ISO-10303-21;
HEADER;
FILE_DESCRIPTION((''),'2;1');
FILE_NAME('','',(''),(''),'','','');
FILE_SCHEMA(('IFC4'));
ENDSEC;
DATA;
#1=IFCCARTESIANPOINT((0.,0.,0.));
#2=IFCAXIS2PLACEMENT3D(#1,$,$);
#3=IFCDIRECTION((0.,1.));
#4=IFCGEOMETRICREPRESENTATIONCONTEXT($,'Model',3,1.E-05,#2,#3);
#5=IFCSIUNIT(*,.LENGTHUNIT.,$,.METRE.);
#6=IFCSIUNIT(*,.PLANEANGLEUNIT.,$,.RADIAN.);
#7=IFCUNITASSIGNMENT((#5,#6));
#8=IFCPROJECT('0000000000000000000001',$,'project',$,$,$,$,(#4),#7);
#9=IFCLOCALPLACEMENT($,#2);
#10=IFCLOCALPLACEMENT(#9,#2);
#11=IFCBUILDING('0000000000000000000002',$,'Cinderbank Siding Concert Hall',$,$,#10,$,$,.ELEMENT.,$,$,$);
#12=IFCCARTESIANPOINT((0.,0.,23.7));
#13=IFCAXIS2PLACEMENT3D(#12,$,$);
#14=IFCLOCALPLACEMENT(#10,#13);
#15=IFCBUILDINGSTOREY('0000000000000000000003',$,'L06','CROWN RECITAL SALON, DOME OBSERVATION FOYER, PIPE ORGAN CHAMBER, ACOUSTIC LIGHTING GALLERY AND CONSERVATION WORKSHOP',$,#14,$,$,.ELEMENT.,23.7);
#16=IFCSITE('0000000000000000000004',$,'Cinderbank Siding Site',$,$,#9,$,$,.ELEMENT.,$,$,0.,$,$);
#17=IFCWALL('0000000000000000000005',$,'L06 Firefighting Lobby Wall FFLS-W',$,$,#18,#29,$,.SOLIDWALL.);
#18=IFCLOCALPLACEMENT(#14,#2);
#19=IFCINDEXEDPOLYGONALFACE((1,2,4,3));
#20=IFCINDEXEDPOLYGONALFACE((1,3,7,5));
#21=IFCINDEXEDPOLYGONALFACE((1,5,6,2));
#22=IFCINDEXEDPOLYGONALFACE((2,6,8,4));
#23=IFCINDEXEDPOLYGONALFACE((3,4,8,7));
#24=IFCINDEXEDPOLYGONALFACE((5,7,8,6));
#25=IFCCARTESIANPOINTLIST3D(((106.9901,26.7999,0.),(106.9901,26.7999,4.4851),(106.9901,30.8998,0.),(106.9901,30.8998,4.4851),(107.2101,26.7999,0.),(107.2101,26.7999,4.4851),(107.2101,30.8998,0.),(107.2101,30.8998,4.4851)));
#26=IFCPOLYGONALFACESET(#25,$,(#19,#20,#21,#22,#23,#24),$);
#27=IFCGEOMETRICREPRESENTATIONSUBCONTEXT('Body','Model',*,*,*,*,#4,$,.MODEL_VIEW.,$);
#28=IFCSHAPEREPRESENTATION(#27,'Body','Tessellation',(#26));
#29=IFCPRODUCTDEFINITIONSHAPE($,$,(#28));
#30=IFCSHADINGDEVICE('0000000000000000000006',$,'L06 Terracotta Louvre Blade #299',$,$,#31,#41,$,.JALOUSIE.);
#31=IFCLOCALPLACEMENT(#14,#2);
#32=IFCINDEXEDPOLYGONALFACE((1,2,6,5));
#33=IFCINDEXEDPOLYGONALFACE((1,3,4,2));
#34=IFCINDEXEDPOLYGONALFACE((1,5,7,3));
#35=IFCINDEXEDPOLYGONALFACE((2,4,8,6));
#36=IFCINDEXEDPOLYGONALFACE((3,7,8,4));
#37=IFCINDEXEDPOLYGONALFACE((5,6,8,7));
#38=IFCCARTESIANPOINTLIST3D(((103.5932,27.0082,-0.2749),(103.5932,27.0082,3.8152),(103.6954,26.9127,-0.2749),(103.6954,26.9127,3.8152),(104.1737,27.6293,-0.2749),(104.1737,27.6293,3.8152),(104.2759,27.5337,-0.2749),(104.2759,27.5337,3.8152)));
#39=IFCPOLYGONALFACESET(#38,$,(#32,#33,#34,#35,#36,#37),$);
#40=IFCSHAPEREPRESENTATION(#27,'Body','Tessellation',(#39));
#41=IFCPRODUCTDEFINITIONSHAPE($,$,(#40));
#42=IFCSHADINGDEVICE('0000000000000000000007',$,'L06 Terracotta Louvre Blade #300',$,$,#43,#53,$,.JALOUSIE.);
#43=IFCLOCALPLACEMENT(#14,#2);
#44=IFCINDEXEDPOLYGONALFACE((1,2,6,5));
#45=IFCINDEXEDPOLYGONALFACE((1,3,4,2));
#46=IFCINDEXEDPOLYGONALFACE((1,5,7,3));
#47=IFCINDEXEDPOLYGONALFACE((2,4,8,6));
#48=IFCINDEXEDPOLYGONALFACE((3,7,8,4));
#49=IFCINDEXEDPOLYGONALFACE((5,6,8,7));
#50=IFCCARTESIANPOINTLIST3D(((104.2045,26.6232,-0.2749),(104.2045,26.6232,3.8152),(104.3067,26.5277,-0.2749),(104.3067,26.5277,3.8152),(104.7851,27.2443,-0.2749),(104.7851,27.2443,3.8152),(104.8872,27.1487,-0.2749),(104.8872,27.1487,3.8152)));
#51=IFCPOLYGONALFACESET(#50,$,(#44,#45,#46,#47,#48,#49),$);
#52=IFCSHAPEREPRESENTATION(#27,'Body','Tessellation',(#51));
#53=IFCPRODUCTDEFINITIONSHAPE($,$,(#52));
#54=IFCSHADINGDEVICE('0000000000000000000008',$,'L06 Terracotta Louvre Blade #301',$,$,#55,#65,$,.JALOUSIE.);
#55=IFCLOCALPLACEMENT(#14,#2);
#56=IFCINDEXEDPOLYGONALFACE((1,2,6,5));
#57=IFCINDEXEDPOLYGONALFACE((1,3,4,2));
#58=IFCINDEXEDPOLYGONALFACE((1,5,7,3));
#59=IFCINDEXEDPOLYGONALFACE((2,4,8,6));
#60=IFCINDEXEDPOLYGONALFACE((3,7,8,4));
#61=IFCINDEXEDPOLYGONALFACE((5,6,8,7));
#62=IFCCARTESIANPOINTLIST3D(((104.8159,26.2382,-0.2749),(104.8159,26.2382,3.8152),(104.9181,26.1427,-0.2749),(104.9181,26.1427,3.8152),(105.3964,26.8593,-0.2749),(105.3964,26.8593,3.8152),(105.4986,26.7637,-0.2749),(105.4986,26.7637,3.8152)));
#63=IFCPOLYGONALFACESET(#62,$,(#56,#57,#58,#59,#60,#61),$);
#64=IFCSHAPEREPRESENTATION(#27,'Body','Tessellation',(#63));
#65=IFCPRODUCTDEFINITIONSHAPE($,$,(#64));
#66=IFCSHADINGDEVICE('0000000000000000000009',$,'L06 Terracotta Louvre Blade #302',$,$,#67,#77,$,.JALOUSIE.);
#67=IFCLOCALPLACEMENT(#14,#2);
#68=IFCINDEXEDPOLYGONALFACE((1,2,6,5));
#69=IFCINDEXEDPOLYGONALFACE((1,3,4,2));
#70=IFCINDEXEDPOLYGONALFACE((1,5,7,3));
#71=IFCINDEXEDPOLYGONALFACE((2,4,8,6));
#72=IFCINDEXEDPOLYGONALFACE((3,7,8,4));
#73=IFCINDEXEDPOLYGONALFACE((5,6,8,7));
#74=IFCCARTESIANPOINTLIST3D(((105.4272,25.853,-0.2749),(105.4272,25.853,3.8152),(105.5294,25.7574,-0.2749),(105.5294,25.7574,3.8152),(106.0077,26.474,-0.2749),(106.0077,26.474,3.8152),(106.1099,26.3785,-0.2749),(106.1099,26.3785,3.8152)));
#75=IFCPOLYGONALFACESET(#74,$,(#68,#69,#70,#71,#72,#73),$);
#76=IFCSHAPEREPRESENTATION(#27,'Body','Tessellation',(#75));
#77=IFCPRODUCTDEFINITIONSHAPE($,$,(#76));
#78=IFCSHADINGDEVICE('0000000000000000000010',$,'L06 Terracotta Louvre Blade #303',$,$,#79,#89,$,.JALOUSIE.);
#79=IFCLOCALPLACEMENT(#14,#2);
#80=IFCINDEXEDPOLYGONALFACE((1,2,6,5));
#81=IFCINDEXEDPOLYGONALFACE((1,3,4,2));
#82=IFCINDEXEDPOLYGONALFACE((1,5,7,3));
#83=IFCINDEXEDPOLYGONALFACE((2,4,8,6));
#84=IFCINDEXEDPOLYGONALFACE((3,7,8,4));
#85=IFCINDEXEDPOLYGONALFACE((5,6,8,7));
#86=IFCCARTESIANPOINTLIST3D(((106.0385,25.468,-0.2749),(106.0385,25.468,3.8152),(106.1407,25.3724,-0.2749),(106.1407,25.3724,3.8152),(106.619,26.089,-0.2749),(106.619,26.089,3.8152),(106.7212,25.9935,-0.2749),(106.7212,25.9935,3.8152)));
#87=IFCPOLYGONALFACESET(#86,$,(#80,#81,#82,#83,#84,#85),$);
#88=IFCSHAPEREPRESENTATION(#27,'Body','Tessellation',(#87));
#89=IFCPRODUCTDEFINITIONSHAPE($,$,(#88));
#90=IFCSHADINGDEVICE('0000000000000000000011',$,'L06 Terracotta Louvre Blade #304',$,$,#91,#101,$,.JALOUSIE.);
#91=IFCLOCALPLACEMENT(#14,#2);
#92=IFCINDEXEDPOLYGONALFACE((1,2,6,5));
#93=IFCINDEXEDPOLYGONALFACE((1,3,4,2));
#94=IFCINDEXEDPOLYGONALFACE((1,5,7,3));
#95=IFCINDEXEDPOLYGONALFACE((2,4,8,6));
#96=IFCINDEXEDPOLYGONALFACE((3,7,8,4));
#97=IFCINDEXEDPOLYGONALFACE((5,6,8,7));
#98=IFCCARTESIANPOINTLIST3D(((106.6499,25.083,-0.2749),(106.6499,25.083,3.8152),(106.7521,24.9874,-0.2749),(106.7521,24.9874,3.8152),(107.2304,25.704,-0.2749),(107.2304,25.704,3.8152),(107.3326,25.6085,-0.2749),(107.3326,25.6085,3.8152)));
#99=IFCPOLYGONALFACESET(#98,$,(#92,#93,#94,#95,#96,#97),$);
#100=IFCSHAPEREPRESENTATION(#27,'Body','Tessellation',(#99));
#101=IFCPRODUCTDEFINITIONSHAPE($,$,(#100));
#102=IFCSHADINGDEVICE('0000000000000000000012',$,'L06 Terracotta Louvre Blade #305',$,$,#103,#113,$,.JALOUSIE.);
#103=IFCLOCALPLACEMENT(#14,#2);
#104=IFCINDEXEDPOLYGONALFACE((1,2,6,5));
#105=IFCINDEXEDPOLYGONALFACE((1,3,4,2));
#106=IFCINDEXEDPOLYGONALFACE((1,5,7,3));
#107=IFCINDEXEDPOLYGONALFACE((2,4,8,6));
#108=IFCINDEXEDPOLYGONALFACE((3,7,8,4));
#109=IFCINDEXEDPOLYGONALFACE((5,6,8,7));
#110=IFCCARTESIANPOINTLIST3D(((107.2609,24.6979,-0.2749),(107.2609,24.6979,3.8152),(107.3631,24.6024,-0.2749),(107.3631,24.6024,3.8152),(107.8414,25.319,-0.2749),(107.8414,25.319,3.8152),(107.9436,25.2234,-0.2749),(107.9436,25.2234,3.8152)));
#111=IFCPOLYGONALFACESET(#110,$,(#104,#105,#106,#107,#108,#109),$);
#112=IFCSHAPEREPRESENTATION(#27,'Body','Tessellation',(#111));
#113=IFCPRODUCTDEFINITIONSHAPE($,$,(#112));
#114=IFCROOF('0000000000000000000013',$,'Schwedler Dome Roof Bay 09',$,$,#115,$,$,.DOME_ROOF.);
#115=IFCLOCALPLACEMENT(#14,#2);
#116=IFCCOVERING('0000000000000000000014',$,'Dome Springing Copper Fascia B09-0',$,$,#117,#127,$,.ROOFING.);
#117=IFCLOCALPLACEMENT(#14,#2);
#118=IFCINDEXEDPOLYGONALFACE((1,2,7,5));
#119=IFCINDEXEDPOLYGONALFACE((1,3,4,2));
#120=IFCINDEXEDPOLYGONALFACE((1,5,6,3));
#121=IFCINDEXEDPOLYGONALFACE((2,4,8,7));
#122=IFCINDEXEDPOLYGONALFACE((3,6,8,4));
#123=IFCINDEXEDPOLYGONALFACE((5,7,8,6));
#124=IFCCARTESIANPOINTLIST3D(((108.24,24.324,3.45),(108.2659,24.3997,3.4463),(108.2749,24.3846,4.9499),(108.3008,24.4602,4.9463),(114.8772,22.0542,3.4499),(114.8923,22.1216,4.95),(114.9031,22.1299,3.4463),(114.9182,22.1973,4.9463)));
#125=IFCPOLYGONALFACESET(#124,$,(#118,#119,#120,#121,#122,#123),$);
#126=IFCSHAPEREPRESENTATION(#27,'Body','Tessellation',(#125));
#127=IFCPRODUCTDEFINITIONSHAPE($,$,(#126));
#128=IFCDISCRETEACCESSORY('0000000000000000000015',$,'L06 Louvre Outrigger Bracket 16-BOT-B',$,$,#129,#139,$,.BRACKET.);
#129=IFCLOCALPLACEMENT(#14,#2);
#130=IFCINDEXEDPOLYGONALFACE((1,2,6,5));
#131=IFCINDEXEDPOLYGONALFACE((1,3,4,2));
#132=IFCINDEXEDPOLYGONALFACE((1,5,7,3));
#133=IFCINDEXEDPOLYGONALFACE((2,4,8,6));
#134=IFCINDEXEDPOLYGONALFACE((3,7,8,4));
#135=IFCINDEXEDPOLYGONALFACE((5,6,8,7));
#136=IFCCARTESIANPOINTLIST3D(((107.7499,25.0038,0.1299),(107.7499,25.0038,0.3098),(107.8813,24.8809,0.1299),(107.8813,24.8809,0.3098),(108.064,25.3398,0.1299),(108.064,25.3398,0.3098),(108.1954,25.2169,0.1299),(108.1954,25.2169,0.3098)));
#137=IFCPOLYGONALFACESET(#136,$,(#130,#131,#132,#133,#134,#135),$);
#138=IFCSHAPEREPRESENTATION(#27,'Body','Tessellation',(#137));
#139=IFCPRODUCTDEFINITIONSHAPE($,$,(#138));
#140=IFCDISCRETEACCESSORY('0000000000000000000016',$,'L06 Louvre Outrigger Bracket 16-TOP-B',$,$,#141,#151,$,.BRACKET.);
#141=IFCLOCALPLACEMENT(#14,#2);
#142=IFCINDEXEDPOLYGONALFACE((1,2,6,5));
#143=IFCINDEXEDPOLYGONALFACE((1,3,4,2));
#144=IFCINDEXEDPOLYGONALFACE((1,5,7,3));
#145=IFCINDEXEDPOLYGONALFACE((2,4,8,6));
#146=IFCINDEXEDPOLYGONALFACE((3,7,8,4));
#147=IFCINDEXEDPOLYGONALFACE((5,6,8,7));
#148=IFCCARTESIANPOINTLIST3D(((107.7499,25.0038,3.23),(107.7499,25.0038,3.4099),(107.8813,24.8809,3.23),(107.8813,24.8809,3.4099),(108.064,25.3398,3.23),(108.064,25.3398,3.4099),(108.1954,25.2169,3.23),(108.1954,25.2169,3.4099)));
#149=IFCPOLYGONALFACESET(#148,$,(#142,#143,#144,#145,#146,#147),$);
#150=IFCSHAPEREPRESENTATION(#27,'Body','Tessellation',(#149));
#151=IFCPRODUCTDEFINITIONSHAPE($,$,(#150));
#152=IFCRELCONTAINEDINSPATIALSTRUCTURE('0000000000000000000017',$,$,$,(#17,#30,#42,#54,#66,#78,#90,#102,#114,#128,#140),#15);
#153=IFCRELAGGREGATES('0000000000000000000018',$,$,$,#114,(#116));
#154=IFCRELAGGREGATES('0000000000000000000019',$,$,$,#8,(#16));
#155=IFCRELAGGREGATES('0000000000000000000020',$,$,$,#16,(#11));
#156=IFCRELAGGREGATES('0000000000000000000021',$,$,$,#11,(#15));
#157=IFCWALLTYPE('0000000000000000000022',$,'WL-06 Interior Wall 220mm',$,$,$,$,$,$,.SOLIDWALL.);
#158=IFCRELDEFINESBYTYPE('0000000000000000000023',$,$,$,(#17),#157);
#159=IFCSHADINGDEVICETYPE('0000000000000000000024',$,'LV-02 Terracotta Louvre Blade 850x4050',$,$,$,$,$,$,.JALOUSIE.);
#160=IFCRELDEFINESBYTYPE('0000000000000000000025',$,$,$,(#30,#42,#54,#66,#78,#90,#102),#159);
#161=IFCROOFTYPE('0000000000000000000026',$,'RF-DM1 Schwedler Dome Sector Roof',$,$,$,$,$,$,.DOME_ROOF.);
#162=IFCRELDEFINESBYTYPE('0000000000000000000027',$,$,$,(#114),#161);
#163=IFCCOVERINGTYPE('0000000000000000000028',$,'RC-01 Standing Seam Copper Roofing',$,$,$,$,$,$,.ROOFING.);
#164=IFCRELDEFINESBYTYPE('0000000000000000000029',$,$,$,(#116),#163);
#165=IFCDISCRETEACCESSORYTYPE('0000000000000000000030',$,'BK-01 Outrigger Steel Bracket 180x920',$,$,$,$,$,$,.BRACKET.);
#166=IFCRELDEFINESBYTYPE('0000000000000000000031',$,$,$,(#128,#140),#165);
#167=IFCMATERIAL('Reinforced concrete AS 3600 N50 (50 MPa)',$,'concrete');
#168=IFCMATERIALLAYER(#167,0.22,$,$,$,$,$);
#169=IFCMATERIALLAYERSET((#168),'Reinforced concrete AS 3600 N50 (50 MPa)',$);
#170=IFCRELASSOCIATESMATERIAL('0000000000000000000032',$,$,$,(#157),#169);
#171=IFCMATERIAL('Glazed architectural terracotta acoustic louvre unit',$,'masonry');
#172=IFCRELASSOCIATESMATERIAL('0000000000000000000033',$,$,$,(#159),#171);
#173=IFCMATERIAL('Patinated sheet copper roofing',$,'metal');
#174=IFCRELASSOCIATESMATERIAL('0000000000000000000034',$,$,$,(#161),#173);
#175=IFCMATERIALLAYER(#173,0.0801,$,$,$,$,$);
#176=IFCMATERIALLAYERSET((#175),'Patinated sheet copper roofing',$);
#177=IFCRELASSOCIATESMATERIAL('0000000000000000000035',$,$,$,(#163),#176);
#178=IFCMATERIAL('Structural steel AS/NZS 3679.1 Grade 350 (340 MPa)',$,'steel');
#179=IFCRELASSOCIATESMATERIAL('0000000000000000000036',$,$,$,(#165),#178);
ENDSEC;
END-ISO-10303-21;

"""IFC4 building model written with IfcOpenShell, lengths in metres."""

from ifc_helpers import new_model, si_unit, direction, frame, frame_2d, origin, origin_2d, place, context, subcontext, project, spatial, polyline, rectangle, outline, extrude, material, layer, layer_set, type_object, element, aggregate, save


model = new_model("IFC4")

# Units and contexts
model_context = context("Model", 3, precision=1e-05, world=origin(), true_north=direction((0.0, 1.0)))
body_context = subcontext(model_context, "Body", "Model", "MODEL_VIEW")
ifc_project = project(units=[si_unit("LENGTHUNIT", "METRE"), si_unit("PLANEANGLEUNIT", "RADIAN")], contexts=[model_context])

# Site, building, storey
site_placement = place(None, origin())
site = spatial("IfcSite", under=ifc_project, at=site_placement, Name="Cinderbank Siding Site", CompositionType="ELEMENT", RefElevation=0.0)
building_placement = place(site_placement, origin())
building = spatial("IfcBuilding", under=site, at=building_placement, Name="Cinderbank Siding Concert Hall", CompositionType="ELEMENT")
storey_placement = place(building_placement, frame((0.0, 0.0, 23.7)))
storey = spatial("IfcBuildingStorey", under=building, at=storey_placement, Name="L06", Description="CROWN RECITAL SALON, DOME OBSERVATION FOYER, PIPE ORGAN CHAMBER, ACOUSTIC LIGHTING GALLERY AND CONSERVATION WORKSHOP", CompositionType="ELEMENT", Elevation=23.7)

# Shared definitions
ifc_material_1 = material(Name="Reinforced concrete AS 3600 N50 (50 MPa)", Category="concrete")

# Wall
ifc_layer_1 = layer(ifc_material_1, 0.22)
ifc_layer_set_1 = layer_set([ifc_layer_1], Name="Reinforced concrete AS 3600 N50 (50 MPa)")
wall_type_1 = type_object("IfcWallType", Name="WL-06 Interior Wall 220mm", PredefinedType="SOLIDWALL", material=ifc_layer_set_1)
wall_1_placement = place(storey_placement, frame((107.1001, 26.8, 0.0), z_axis=(0.0, 0.0, 1.0), x_axis=(0.0, 1.0, 0.0)))
element("IfcWall", 1, at=wall_1_placement, inside=storey, type_object=wall_type_1, Name="L06 Firefighting Lobby Wall FFLS-W", PredefinedType="SOLIDWALL", context=body_context, shape_type="SweptSolid", body=[
    extrude(rectangle(XDim=4.0999, YDim=0.22, at=frame_2d((2.0498, 0.0))), origin(), (0.0, 0.0, 1.0), 4.4851),
])

# Shared definitions
ifc_material_2 = material(Name="Structural steel AS/NZS 3679.1 Grade 350 (340 MPa)", Category="steel")

# Shading devices
ifc_material_3 = material(Name="Glazed architectural terracotta acoustic louvre unit", Category="masonry")
shading_device_type = type_object("IfcShadingDeviceType", Name="LV-02 Terracotta Louvre Blade 850x4050", PredefinedType="JALOUSIE", material=ifc_material_3)
for number, where, z_axis, x_axis, name in (
    (2, (103.9346, 27.271, -0.2749), (0.0, 0.0, 1.0), (-0.682869, -0.730541, 0.0), "L06 Terracotta Louvre Blade #299"),
    (3, (104.5459, 26.886, -0.2749), (0.0, 0.0, 1.0), (-0.682869, -0.730541, 0.0), "L06 Terracotta Louvre Blade #300"),
    (4, (105.1572, 26.501, -0.2749), (0.0, 0.0, 1.0), (-0.682869, -0.730541, 0.0), "L06 Terracotta Louvre Blade #301"),
    (5, (105.7686, 26.1157, -0.2749), (0.0, 0.0, 1.0), (-0.682869, -0.730541, 0.0), "L06 Terracotta Louvre Blade #302"),
    (6, (106.3799, 25.7307, -0.2749), (0.0, 0.0, 1.0), (-0.682869, -0.730541, 0.0), "L06 Terracotta Louvre Blade #303"),
    (7, (106.9912, 25.3457, -0.2749), (0.0, 0.0, 1.0), (-0.682869, -0.730541, 0.0), "L06 Terracotta Louvre Blade #304"),
    (8, (107.6023, 24.9607, -0.2749), (0.0, 0.0, 1.0), (-0.682869, -0.730541, 0.0), "L06 Terracotta Louvre Blade #305"),
):
    element("IfcShadingDevice", number, at=place(storey_placement, frame(where, z_axis=z_axis, x_axis=x_axis)), inside=storey, type_object=shading_device_type, Name=name, PredefinedType="JALOUSIE", context=body_context, shape_type="SweptSolid", body=[
        extrude(rectangle(XDim=0.8501, YDim=0.1399, at=origin_2d()), origin(), (0.0, 0.0, 1.0), 4.0901),
    ])

# Roof, covering
ifc_material_4 = material(Name="Patinated sheet copper roofing", Category="metal")
roof_type = type_object("IfcRoofType", Name="RF-DM1 Schwedler Dome Sector Roof", PredefinedType="DOME_ROOF", material=ifc_material_4)
roof_placement = place(storey_placement, origin())
roof = element("IfcRoof", 9, at=roof_placement, inside=storey, type_object=roof_type, Name="Schwedler Dome Roof Bay 09", PredefinedType="DOME_ROOF")
ifc_layer_2 = layer(ifc_material_4, 0.0801)
ifc_layer_set_2 = layer_set([ifc_layer_2], Name="Patinated sheet copper roofing")
covering_type = type_object("IfcCoveringType", Name="RC-01 Standing Seam Copper Roofing", PredefinedType="ROOFING", material=ifc_layer_set_2)
covering_placement = place(storey_placement, frame((108.24, 24.324, 3.45), z_axis=(-0.323237, -0.945214, 0.0457), x_axis=(0.946203, -0.323575, 0.0)))
covering = element("IfcCovering", 10, at=covering_placement, type_object=covering_type, Name="Dome Springing Copper Fascia B09-0", PredefinedType="ROOFING", context=body_context, shape_type="SweptSolid", body=[
    extrude(outline(polyline([(0.0, 0.0), (7.0146, 0.0), (7.0071, 1.5016), (0.0134, 1.5016), (0.0, 0.0)])), origin(), (0.0, 0.0, -1.0), 0.0801),
])
aggregate(roof, [covering])

# Discrete accessories
discrete_accessory_type = type_object("IfcDiscreteAccessoryType", Name="BK-01 Outrigger Steel Bracket 180x920", PredefinedType="BRACKET", material=ifc_material_2)
for number, where, z_axis, x_axis, name in (
    (11, (107.9727, 25.1104, 0.1299), (0.0, 0.0, 1.0), (-0.682869, -0.730541, 0.0), "L06 Louvre Outrigger Bracket 16-BOT-B"),
    (12, (107.9727, 25.1104, 3.23), (0.0, 0.0, 1.0), (-0.682869, -0.730541, 0.0), "L06 Louvre Outrigger Bracket 16-TOP-B"),
):
    element("IfcDiscreteAccessory", number, at=place(storey_placement, frame(where, z_axis=z_axis, x_axis=x_axis)), inside=storey, type_object=discrete_accessory_type, Name=name, PredefinedType="BRACKET", context=body_context, shape_type="SweptSolid", body=[
        extrude(rectangle(XDim=0.46, YDim=0.1799, at=origin_2d()), origin(), (0.0, 0.0, 1.0), 0.1799),
    ])

save(model, "model.ifc")
